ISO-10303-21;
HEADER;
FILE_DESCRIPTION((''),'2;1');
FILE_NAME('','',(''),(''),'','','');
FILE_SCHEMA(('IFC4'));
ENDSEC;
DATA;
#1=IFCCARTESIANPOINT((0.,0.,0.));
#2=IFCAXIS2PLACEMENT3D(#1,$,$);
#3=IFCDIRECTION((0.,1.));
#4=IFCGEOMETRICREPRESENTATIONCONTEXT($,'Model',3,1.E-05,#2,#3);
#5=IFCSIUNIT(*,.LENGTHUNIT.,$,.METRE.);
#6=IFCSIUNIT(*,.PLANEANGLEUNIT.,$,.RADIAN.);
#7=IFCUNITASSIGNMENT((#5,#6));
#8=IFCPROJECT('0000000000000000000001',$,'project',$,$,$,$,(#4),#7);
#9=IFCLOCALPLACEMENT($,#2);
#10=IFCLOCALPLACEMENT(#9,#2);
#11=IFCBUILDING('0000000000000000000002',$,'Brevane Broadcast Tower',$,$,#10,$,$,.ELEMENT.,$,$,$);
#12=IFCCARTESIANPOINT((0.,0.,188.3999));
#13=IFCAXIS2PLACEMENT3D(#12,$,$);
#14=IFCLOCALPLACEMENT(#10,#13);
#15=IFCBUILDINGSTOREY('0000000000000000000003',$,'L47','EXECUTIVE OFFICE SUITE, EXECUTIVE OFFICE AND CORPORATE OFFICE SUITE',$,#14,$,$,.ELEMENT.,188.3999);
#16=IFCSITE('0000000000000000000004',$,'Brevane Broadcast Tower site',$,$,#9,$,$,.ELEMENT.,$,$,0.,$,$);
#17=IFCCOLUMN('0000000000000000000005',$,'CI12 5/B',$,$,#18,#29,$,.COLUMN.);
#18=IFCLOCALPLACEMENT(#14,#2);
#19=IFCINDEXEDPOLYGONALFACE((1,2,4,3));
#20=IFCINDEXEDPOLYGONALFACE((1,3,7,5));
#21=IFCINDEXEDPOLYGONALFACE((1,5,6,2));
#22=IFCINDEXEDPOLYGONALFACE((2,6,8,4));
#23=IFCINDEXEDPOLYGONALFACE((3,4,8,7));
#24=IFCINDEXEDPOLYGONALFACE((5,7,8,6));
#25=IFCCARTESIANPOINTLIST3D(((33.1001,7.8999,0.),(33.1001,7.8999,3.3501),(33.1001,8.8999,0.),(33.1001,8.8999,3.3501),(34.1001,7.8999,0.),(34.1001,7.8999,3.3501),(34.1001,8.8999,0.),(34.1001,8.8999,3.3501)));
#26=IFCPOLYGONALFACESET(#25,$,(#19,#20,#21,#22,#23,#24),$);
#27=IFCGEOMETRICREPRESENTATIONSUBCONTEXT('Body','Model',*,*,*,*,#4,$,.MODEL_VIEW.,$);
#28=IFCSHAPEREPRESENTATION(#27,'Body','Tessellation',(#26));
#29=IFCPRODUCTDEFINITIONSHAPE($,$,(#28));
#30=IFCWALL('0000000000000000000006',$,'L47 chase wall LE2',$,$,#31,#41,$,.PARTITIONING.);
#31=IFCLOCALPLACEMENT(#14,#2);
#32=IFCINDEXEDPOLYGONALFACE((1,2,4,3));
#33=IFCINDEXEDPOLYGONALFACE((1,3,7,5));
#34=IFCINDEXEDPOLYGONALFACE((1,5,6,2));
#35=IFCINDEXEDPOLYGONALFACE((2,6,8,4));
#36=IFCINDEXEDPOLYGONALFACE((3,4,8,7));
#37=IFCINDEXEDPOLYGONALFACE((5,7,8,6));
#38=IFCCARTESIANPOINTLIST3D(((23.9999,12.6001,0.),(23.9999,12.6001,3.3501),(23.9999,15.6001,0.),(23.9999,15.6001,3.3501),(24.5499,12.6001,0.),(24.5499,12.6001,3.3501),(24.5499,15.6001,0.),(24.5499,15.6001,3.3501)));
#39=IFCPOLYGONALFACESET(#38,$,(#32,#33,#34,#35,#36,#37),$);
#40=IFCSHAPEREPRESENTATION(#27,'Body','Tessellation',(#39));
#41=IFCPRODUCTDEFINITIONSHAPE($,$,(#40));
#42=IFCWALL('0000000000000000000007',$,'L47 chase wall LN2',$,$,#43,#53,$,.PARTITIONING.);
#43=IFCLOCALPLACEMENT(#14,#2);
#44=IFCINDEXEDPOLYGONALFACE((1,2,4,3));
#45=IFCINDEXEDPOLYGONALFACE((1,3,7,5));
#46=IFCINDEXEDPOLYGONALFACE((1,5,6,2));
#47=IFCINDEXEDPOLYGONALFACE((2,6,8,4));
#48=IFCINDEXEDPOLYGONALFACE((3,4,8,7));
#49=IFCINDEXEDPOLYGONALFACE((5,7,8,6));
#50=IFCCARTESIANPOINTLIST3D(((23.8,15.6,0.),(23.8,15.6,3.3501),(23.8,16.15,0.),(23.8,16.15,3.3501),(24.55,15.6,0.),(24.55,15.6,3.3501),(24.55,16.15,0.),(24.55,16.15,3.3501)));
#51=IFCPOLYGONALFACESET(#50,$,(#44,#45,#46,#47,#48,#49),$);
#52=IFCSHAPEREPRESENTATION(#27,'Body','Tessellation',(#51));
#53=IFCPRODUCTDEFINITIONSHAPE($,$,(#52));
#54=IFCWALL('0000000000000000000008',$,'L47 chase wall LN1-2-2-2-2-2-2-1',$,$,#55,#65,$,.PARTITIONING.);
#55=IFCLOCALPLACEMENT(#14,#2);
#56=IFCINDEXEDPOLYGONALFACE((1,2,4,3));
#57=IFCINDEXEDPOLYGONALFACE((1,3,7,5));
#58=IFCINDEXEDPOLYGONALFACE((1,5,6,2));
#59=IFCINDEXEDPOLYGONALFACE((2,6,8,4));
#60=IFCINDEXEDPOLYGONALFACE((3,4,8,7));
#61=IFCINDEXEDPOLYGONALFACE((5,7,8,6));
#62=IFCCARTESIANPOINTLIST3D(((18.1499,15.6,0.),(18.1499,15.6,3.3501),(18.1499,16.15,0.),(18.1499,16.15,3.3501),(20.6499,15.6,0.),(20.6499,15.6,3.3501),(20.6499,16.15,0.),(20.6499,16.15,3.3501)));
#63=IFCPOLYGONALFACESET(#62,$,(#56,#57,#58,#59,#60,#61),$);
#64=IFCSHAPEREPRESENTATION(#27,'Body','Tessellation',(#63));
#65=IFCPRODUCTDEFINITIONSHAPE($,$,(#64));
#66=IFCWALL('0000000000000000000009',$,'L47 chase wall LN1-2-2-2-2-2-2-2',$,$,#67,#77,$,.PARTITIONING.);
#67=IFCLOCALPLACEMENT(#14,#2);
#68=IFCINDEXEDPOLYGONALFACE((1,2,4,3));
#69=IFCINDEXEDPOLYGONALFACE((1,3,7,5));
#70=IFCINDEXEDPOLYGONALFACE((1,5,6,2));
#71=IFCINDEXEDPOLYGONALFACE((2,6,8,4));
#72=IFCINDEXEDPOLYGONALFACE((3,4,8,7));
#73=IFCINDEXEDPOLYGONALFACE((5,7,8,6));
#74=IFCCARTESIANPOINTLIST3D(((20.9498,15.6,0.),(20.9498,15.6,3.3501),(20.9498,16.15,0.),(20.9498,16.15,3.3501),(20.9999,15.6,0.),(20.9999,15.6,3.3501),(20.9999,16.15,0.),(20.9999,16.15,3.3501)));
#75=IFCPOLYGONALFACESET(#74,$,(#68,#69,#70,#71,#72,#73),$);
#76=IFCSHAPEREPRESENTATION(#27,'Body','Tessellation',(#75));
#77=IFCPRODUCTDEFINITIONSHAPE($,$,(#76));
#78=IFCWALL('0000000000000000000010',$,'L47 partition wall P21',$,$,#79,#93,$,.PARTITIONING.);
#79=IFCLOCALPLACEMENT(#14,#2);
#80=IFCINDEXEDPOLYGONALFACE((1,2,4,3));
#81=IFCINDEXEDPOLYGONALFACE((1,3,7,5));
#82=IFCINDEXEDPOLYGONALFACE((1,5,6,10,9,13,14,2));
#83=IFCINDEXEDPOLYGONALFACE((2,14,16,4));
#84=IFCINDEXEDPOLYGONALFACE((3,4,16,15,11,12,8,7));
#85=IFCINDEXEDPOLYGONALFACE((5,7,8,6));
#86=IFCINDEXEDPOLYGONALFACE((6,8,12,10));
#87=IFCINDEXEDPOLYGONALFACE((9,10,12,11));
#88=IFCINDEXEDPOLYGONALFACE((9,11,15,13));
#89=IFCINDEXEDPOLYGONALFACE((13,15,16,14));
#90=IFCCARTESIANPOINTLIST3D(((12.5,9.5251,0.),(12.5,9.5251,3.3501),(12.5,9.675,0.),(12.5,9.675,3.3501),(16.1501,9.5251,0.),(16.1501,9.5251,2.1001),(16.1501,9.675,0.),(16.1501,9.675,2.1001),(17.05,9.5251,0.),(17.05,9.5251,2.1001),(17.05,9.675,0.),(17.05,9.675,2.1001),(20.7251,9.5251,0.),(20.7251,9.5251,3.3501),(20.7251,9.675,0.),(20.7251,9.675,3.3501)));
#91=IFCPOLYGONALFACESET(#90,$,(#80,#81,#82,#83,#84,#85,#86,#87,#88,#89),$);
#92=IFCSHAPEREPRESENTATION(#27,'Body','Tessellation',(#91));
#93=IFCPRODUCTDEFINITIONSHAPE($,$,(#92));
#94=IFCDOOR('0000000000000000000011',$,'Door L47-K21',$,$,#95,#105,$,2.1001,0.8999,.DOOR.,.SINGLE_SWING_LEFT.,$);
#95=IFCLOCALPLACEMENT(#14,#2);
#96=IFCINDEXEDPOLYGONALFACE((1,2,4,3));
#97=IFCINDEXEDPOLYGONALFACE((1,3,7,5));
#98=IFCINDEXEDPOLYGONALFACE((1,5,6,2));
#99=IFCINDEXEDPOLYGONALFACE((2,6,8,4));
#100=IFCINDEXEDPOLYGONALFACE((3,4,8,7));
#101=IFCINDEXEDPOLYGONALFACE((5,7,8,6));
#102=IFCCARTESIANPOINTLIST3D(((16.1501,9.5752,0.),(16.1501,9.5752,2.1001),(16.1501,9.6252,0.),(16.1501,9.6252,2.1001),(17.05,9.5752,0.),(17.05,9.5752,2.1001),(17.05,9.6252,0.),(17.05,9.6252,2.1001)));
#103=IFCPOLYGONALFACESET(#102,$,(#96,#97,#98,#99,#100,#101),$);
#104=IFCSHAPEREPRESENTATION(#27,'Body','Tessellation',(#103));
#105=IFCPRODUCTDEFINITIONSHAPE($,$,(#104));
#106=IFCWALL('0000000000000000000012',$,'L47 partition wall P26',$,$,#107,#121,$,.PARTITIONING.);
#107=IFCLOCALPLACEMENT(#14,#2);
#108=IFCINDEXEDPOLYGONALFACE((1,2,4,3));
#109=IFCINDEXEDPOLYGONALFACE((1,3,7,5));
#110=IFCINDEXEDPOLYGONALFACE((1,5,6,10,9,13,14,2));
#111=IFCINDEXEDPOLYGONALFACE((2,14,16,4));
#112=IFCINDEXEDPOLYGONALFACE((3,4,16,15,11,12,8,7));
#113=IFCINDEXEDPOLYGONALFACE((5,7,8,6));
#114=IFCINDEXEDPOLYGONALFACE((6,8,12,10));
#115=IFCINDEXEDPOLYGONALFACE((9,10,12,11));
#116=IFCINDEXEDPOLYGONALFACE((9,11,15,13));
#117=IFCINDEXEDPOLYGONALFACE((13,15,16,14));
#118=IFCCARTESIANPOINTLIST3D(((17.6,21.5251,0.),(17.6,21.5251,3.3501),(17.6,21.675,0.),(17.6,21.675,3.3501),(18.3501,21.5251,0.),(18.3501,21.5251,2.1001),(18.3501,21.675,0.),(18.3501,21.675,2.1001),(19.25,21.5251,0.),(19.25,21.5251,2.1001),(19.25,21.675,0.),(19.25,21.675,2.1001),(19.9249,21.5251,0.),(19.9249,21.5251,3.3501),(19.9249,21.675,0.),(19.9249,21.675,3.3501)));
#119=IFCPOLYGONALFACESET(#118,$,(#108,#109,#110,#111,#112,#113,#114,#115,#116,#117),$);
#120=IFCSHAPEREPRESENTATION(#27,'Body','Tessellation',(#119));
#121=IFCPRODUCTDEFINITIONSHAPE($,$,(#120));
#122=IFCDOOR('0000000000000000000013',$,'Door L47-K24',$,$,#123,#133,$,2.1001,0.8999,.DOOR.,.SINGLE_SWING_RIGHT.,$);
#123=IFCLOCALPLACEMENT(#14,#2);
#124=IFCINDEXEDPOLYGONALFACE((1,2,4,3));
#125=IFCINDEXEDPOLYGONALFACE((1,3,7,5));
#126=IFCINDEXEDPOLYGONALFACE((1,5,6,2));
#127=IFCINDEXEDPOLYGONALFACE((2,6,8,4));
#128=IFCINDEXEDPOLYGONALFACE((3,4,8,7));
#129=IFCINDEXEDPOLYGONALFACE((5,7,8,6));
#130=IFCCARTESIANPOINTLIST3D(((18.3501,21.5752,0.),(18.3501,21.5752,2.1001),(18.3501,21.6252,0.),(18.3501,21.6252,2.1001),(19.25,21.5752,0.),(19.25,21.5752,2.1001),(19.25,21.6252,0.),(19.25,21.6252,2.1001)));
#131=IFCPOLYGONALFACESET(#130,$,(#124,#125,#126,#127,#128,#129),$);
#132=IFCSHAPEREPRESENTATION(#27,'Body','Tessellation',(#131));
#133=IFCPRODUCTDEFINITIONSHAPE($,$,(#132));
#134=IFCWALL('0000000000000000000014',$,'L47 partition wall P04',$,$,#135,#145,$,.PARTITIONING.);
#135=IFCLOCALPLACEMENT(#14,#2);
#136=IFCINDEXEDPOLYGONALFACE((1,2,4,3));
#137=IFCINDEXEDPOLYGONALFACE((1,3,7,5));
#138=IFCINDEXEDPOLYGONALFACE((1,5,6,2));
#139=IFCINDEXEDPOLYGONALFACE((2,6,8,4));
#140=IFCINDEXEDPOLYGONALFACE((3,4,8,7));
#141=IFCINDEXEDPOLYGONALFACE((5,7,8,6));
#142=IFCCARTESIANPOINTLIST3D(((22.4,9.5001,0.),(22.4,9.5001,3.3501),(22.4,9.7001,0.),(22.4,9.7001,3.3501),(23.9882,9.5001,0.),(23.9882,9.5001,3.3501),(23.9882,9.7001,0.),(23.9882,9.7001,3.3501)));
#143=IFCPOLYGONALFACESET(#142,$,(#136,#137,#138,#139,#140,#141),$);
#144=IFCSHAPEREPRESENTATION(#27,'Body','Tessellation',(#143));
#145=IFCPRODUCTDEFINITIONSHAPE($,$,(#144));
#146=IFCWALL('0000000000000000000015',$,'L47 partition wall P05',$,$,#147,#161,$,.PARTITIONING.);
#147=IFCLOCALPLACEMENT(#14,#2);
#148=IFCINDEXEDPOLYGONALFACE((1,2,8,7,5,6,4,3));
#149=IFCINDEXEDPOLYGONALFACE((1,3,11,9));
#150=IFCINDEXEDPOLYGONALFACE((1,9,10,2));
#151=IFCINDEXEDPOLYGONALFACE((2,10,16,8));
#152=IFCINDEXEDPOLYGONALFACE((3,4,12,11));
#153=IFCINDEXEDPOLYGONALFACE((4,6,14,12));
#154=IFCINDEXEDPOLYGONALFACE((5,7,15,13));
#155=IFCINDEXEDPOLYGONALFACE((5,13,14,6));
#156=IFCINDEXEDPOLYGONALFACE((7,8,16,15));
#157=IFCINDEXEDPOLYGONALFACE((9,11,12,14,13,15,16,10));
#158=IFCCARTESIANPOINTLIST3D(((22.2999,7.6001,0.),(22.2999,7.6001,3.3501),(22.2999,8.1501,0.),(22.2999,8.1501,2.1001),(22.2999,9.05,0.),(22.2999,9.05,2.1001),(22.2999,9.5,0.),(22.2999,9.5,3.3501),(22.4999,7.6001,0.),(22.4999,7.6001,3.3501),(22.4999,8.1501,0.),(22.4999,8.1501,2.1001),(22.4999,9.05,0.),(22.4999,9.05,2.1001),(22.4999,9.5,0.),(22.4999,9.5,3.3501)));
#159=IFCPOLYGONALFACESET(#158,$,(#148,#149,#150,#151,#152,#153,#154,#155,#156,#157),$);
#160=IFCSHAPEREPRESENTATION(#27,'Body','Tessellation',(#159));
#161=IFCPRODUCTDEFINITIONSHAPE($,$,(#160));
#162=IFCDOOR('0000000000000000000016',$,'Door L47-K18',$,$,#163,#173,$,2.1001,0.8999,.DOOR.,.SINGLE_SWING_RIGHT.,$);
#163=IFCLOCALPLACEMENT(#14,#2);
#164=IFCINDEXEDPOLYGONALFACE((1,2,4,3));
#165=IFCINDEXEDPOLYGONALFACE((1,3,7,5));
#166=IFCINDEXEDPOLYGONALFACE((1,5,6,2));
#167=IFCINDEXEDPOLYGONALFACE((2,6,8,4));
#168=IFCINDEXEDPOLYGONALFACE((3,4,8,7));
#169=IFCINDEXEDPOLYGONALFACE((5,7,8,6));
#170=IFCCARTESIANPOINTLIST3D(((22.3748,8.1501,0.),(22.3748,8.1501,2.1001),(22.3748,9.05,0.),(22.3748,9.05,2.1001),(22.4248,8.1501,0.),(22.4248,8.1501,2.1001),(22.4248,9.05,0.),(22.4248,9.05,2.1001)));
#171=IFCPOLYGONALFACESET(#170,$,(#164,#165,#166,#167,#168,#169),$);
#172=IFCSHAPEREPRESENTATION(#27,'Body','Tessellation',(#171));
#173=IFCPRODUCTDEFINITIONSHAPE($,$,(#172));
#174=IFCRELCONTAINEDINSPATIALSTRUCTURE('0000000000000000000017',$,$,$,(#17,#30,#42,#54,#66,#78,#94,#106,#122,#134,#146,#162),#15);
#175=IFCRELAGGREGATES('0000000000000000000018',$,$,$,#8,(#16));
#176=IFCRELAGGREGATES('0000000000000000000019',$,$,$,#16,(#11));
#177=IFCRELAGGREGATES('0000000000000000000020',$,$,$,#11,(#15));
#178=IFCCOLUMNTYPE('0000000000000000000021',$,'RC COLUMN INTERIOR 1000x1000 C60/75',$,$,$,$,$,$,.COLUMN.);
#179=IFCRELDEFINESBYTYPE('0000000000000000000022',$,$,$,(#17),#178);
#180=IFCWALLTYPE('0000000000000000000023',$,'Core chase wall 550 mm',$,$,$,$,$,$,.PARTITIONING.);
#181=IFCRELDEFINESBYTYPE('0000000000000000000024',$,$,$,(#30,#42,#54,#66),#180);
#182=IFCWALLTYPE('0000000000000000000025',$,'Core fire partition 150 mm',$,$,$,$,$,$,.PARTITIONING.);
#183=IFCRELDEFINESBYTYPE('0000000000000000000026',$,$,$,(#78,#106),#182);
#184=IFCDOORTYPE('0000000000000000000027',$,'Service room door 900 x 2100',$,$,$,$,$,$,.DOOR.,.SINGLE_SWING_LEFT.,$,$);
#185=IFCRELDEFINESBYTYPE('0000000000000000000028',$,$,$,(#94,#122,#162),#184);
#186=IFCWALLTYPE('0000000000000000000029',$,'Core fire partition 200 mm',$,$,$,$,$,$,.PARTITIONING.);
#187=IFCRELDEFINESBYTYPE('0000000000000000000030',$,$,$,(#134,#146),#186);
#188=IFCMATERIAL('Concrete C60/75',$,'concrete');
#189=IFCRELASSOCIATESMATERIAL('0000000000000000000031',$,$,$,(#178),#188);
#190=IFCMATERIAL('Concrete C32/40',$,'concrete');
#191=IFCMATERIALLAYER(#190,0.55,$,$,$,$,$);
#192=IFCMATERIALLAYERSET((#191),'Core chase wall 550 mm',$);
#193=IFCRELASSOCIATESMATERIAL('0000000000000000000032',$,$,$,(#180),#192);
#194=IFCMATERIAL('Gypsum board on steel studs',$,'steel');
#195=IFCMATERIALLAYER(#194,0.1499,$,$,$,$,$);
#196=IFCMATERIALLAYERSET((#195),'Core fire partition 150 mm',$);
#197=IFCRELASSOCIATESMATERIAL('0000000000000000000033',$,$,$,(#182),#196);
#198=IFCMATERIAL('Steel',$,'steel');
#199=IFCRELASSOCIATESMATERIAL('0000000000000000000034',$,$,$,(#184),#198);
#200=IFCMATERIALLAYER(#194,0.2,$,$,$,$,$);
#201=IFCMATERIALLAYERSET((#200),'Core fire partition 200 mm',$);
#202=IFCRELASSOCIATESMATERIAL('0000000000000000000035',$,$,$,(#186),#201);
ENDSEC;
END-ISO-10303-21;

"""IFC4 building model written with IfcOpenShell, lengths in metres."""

from ifc_helpers import new_model, si_unit, direction, frame, frame_2d, origin, origin_2d, place, context, subcontext, project, spatial, rectangle, extrude, material, layer, layer_set, material_profile, profile_set, type_object, element, fill, save


model = new_model("IFC4")

# Units and contexts
model_context = context("Model", 3, precision=1e-05, world=origin(), true_north=direction((0.0, 1.0)))
body_context = subcontext(model_context, "Body", "Model", "MODEL_VIEW")
ifc_project = project(units=[si_unit("LENGTHUNIT", "METRE"), si_unit("PLANEANGLEUNIT", "RADIAN")], contexts=[model_context])

# Site, building, storey
site_placement = place(None, origin())
site = spatial("IfcSite", under=ifc_project, at=site_placement, Name="Brevane Broadcast Tower site", CompositionType="ELEMENT", RefElevation=0.0)
building_placement = place(site_placement, origin())
building = spatial("IfcBuilding", under=site, at=building_placement, Name="Brevane Broadcast Tower", CompositionType="ELEMENT")
storey_placement = place(building_placement, frame((0.0, 0.0, 188.3999)))
storey = spatial("IfcBuildingStorey", under=building, at=storey_placement, Name="L47", Description="EXECUTIVE OFFICE SUITE, EXECUTIVE OFFICE AND CORPORATE OFFICE SUITE", CompositionType="ELEMENT", Elevation=188.3999)

# Column
ifc_material_1 = material(Name="Concrete C60/75", Category="concrete")
ifc_material_profile = material_profile(ifc_material_1, rectangle(XDim=1.0, YDim=1.0, at=origin_2d()), Name="RC 1000x1000")
ifc_profile_set = profile_set([ifc_material_profile], Name="Concrete C60/75")
column_type = type_object("IfcColumnType", Name="RC COLUMN INTERIOR 1000x1000 C60/75", PredefinedType="COLUMN", material=ifc_profile_set)
column_placement = place(storey_placement, frame((33.6001, 8.3999, 0.0), z_axis=(0.0, 0.0, 1.0), x_axis=(1.0, 0.0, 0.0)))
element("IfcColumn", 1, at=column_placement, inside=storey, type_object=column_type, Name="CI12 5/B", PredefinedType="COLUMN", context=body_context, shape_type="SweptSolid", body=[
    extrude(rectangle(XDim=1.0, YDim=1.0, at=origin_2d()), origin(), (0.0, 0.0, 1.0), 3.3501),
])

# Walls
ifc_material_2 = material(Name="Concrete C32/40", Category="concrete")
ifc_layer_1 = layer(ifc_material_2, 0.55)
ifc_layer_set_1 = layer_set([ifc_layer_1], Name="Core chase wall 550 mm")
wall_type_1 = type_object("IfcWallType", Name="Core chase wall 550 mm", PredefinedType="PARTITIONING", material=ifc_layer_set_1)
wall_1_placement = place(storey_placement, frame((24.2749, 12.6001, 0.0), z_axis=(0.0, 0.0, 1.0), x_axis=(0.0, 1.0, 0.0)))
element("IfcWall", 2, at=wall_1_placement, inside=storey, type_object=wall_type_1, Name="L47 chase wall LE2", PredefinedType="PARTITIONING", context=body_context, shape_type="SweptSolid", body=[
    extrude(rectangle(XDim=3.0, YDim=0.55, at=frame_2d((1.5, 0.0))), origin(), (0.0, 0.0, 1.0), 3.3501),
])
wall_2_placement = place(storey_placement, frame((23.8, 15.875, 0.0), z_axis=(0.0, 0.0, 1.0), x_axis=(1.0, 0.0, 0.0)))
element("IfcWall", 3, at=wall_2_placement, inside=storey, type_object=wall_type_1, Name="L47 chase wall LN2", PredefinedType="PARTITIONING", context=body_context, shape_type="SweptSolid", body=[
    extrude(rectangle(XDim=0.75, YDim=0.55, at=frame_2d((0.375, 0.0))), origin(), (0.0, 0.0, 1.0), 3.3501),
])
wall_3_placement = place(storey_placement, frame((18.1499, 15.875, 0.0), z_axis=(0.0, 0.0, 1.0), x_axis=(1.0, 0.0, 0.0)))
element("IfcWall", 4, at=wall_3_placement, inside=storey, type_object=wall_type_1, Name="L47 chase wall LN1-2-2-2-2-2-2-1", PredefinedType="PARTITIONING", context=body_context, shape_type="SweptSolid", body=[
    extrude(rectangle(XDim=2.5, YDim=0.55, at=frame_2d((1.25, 0.0))), origin(), (0.0, 0.0, 1.0), 3.3501),
])
wall_4_placement = place(storey_placement, frame((20.95, 15.875, 0.0), z_axis=(0.0, 0.0, 1.0), x_axis=(1.0, 0.0, 0.0)))
element("IfcWall", 5, at=wall_4_placement, inside=storey, type_object=wall_type_1, Name="L47 chase wall LN1-2-2-2-2-2-2-2", PredefinedType="PARTITIONING", context=body_context, shape_type="SweptSolid", body=[
    extrude(rectangle(XDim=0.05, YDim=0.55, at=frame_2d((0.0249, 0.0))), origin(), (0.0, 0.0, 1.0), 3.3501),
])

# Walls, openings, doors
ifc_material_3 = material(Name="Gypsum board on steel studs", Category="steel")
ifc_layer_2 = layer(ifc_material_3, 0.1499)
ifc_layer_set_2 = layer_set([ifc_layer_2], Name="Core fire partition 150 mm")
wall_type_2 = type_object("IfcWallType", Name="Core fire partition 150 mm", PredefinedType="PARTITIONING", material=ifc_layer_set_2)
wall_5_placement = place(storey_placement, frame((20.7251, 9.6001, 0.0), z_axis=(0.0, 0.0, 1.0), x_axis=(-1.0, 0.0, 0.0)))
wall_5 = element("IfcWall", 6, at=wall_5_placement, inside=storey, type_object=wall_type_2, Name="L47 partition wall P21", PredefinedType="PARTITIONING", context=body_context, shape_type="SweptSolid", body=[
    extrude(rectangle(XDim=8.2251, YDim=0.1499, at=frame_2d((4.1125, 0.0))), origin(), (0.0, 0.0, 1.0), 3.3501),
])
opening_1_placement = place(wall_5_placement, frame((3.675, 0.0, 0.0)))
opening_1 = element("IfcOpeningElement", 7, at=opening_1_placement, cuts=wall_5, PredefinedType="OPENING", context=body_context, shape_type="SweptSolid", body=[
    extrude(rectangle(XDim=0.8999, YDim=2.1001, at=frame_2d((0.45, 1.05))), frame((0.0, 0.085, 0.0), z_axis=(0.0, -1.0, 0.0), x_axis=(1.0, 0.0, 0.0)), (0.0, 0.0, 1.0), 0.1699),
])
ifc_material_4 = material(Name="Steel", Category="steel")
door_type_1 = type_object("IfcDoorType", Name="Service room door 900 x 2100", OperationType="SINGLE_SWING_LEFT", PredefinedType="DOOR", material=ifc_material_4)
door_1_placement = place(opening_1_placement, origin())
door_1 = element("IfcDoor", 8, at=door_1_placement, inside=storey, type_object=door_type_1, Name="Door L47-K21", OperationType="SINGLE_SWING_LEFT", OverallHeight=2.1001, OverallWidth=0.8999, PredefinedType="DOOR", context=body_context, shape_type="SweptSolid", body=[
    extrude(rectangle(XDim=0.8999, YDim=2.1001, at=frame_2d((0.45, 1.05))), frame((0.0, 0.0249, 0.0), z_axis=(0.0, -1.0, 0.0), x_axis=(1.0, 0.0, 0.0)), (0.0, 0.0, 1.0), 0.05),
])
fill(opening_1, door_1)
wall_6_placement = place(storey_placement, frame((19.925, 21.6001, 0.0), z_axis=(0.0, 0.0, 1.0), x_axis=(-1.0, 0.0, 0.0)))
wall_6 = element("IfcWall", 9, at=wall_6_placement, inside=storey, type_object=wall_type_2, Name="L47 partition wall P26", PredefinedType="PARTITIONING", context=body_context, shape_type="SweptSolid", body=[
    extrude(rectangle(XDim=2.325, YDim=0.1499, at=frame_2d((1.1626, 0.0))), origin(), (0.0, 0.0, 1.0), 3.3501),
])
opening_2_placement = place(wall_6_placement, frame((0.675, 0.0, 0.0)))
opening_2 = element("IfcOpeningElement", 10, at=opening_2_placement, cuts=wall_6, PredefinedType="OPENING", context=body_context, shape_type="SweptSolid", body=[
    extrude(rectangle(XDim=0.8999, YDim=2.1001, at=frame_2d((0.45, 1.05))), frame((0.0, 0.085, 0.0), z_axis=(0.0, -1.0, 0.0), x_axis=(1.0, 0.0, 0.0)), (0.0, 0.0, 1.0), 0.1699),
])
door_2_placement = place(opening_2_placement, origin())
door_2 = element("IfcDoor", 11, at=door_2_placement, inside=storey, type_object=door_type_1, Name="Door L47-K24", OperationType="SINGLE_SWING_RIGHT", OverallHeight=2.1001, OverallWidth=0.8999, PredefinedType="DOOR", context=body_context, shape_type="SweptSolid", body=[
    extrude(rectangle(XDim=0.8999, YDim=2.1001, at=frame_2d((0.45, 1.05))), frame((0.0, 0.0249, 0.0), z_axis=(0.0, -1.0, 0.0), x_axis=(1.0, 0.0, 0.0)), (0.0, 0.0, 1.0), 0.05),
])
fill(opening_2, door_2)

# Wall
ifc_layer_3 = layer(ifc_material_3, 0.2)
ifc_layer_set_3 = layer_set([ifc_layer_3], Name="Core fire partition 200 mm")
wall_type_3 = type_object("IfcWallType", Name="Core fire partition 200 mm", PredefinedType="PARTITIONING", material=ifc_layer_set_3)
wall_7_placement = place(storey_placement, frame((23.988, 9.6001, 0.0), z_axis=(0.0, 0.0, 1.0), x_axis=(-1.0, 0.0, 0.0)))
element("IfcWall", 12, at=wall_7_placement, inside=storey, type_object=wall_type_3, Name="L47 partition wall P04", PredefinedType="PARTITIONING", context=body_context, shape_type="SweptSolid", body=[
    extrude(rectangle(XDim=1.5881, YDim=0.2, at=frame_2d((0.7939, 0.0))), origin(), (0.0, 0.0, 1.0), 3.3501),
])

# Wall, opening, door
wall_8_placement = place(storey_placement, frame((22.3999, 9.5, 0.0), z_axis=(0.0, 0.0, 1.0), x_axis=(0.0, -1.0, 0.0)))
wall_8 = element("IfcWall", 13, at=wall_8_placement, inside=storey, type_object=wall_type_3, Name="L47 partition wall P05", PredefinedType="PARTITIONING", context=body_context, shape_type="SweptSolid", body=[
    extrude(rectangle(XDim=1.8999, YDim=0.2, at=frame_2d((0.95, 0.0))), origin(), (0.0, 0.0, 1.0), 3.3501),
])
opening_3_placement = place(wall_8_placement, frame((0.45, 0.0, 0.0)))
opening_3 = element("IfcOpeningElement", 14, at=opening_3_placement, cuts=wall_8, PredefinedType="OPENING", context=body_context, shape_type="SweptSolid", body=[
    extrude(rectangle(XDim=0.8999, YDim=2.1001, at=frame_2d((0.45, 1.05))), frame((0.0, 0.1099, 0.0), z_axis=(0.0, -1.0, 0.0), x_axis=(1.0, 0.0, 0.0)), (0.0, 0.0, 1.0), 0.22),
])
door_3_placement = place(opening_3_placement, origin())
door_3 = element("IfcDoor", 15, at=door_3_placement, inside=storey, type_object=door_type_1, Name="Door L47-K18", OperationType="SINGLE_SWING_RIGHT", OverallHeight=2.1001, OverallWidth=0.8999, PredefinedType="DOOR", context=body_context, shape_type="SweptSolid", body=[
    extrude(rectangle(XDim=0.8999, YDim=2.1001, at=frame_2d((0.45, 1.05))), frame((0.0, 0.0249, 0.0), z_axis=(0.0, -1.0, 0.0), x_axis=(1.0, 0.0, 0.0)), (0.0, 0.0, 1.0), 0.05),
])
fill(opening_3, door_3)

save(model, "model.ifc")
